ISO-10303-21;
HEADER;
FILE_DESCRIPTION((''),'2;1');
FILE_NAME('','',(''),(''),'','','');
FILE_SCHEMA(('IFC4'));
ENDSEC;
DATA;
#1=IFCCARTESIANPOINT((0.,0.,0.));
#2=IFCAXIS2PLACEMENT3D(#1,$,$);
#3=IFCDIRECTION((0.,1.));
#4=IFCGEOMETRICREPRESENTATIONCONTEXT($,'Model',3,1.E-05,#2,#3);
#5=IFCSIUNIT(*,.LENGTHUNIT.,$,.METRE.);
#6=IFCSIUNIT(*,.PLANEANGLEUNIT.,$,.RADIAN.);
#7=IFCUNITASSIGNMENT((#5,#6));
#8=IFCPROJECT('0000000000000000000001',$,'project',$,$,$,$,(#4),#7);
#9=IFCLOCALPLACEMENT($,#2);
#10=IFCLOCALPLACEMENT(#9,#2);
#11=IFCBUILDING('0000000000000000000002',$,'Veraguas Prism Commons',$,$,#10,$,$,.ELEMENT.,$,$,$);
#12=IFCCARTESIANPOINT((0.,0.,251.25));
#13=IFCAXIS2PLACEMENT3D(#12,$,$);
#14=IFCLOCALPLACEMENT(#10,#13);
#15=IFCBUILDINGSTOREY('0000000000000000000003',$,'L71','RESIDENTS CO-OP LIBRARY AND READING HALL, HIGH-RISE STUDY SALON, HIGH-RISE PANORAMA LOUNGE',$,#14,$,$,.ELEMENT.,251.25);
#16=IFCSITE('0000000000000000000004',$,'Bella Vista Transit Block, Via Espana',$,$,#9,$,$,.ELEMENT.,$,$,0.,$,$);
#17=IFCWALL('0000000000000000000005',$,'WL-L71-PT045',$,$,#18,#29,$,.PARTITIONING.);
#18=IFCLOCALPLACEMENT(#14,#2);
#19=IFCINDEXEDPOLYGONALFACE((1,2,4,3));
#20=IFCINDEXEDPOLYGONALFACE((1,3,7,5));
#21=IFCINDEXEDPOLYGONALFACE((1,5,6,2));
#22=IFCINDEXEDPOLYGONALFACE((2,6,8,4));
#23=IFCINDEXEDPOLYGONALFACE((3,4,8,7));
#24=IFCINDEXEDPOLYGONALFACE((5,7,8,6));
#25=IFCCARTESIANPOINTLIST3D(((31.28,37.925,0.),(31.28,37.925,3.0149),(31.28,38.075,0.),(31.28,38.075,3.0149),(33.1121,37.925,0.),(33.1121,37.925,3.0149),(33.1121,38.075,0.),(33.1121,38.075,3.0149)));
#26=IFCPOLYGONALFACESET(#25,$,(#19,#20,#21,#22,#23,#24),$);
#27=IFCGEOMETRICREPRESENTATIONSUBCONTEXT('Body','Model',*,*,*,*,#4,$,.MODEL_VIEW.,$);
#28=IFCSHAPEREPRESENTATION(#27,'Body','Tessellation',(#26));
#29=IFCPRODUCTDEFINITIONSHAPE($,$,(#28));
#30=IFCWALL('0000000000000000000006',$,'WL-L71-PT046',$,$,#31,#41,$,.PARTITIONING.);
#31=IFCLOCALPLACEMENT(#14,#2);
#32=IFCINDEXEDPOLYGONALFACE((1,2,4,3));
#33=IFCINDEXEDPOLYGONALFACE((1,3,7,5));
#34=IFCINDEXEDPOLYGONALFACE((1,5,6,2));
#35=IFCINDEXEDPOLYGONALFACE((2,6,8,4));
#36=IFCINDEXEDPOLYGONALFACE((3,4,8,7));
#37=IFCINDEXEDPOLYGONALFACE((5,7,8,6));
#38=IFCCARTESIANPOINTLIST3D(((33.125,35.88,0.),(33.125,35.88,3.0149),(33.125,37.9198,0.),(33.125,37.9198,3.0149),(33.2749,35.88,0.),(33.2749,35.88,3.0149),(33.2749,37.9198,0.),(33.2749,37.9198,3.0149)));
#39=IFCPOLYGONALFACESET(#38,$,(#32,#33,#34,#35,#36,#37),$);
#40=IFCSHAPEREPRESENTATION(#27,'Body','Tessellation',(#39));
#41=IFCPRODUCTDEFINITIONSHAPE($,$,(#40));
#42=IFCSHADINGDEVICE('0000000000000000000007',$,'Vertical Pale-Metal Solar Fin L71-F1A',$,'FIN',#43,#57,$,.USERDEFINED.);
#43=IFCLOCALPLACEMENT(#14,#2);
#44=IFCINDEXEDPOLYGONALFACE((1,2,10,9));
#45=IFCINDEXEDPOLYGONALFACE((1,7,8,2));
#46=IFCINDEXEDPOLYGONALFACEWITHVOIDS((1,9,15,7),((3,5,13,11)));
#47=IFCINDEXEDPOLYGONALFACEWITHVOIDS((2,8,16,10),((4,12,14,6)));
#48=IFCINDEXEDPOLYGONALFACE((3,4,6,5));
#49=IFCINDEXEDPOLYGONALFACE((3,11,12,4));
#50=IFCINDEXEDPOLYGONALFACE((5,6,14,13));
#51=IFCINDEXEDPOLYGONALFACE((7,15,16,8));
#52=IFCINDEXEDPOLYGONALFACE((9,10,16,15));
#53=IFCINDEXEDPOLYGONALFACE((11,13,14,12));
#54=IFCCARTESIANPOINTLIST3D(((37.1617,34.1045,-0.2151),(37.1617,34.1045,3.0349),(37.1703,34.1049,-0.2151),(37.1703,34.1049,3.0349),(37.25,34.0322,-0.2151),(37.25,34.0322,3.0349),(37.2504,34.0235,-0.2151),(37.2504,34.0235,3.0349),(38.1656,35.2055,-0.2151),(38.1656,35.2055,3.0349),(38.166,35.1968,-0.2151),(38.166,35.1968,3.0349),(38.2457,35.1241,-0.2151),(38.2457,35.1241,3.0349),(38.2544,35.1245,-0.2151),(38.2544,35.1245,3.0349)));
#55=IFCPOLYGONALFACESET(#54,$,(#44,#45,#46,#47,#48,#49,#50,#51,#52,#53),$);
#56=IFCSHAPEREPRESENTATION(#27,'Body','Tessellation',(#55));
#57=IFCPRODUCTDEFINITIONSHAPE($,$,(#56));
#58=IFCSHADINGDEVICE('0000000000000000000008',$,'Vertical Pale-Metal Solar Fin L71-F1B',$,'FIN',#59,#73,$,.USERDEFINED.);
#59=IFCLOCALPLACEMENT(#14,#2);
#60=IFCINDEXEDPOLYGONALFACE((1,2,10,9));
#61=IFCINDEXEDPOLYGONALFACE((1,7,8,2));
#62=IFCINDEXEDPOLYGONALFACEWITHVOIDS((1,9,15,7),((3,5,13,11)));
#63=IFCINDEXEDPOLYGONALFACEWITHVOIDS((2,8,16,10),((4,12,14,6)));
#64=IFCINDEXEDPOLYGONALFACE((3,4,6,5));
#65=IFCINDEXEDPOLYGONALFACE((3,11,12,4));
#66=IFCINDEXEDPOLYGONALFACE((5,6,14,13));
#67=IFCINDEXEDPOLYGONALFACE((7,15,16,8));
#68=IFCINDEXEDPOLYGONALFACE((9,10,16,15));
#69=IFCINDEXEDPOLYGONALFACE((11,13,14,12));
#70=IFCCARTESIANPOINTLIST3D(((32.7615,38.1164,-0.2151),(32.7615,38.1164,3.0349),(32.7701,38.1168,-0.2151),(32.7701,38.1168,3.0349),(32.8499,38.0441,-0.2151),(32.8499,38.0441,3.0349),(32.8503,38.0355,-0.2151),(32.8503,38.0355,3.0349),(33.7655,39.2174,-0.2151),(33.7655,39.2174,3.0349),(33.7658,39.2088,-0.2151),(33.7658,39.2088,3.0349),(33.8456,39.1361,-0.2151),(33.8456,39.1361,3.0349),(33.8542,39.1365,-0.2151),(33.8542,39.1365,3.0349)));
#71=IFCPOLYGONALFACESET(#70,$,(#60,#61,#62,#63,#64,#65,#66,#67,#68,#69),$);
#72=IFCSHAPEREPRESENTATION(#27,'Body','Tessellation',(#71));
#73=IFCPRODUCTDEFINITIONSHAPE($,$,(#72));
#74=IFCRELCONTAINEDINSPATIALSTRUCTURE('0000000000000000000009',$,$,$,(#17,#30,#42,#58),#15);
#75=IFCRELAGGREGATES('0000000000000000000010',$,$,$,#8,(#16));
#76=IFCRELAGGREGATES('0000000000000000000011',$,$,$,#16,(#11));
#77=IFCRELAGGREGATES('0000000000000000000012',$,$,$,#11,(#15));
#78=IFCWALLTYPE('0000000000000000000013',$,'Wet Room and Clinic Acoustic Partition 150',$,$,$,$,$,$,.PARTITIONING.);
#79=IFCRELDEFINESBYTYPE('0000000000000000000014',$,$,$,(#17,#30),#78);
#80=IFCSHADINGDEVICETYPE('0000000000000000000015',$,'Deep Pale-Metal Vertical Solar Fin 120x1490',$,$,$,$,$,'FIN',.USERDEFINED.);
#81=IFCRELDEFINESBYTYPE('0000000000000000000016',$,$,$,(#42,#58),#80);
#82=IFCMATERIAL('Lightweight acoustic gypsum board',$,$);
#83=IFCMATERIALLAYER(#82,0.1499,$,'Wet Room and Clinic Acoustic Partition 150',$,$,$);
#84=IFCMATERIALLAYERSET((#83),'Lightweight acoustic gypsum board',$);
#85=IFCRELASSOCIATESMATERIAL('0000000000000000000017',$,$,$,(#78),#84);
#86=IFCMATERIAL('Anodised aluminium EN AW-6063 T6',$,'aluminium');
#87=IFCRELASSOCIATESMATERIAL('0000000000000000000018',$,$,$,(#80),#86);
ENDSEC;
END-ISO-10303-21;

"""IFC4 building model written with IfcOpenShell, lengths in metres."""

from ifc_helpers import new_model, si_unit, direction, frame, frame_2d, origin, origin_2d, place, context, subcontext, project, spatial, rectangle, hollow_rectangle, extrude, material, layer, layer_set, material_profile, profile_set, type_object, element, save


model = new_model("IFC4")

# Units and contexts
model_context = context("Model", 3, precision=1e-05, world=origin(), true_north=direction((0.0, 1.0)))
body_context = subcontext(model_context, "Body", "Model", "MODEL_VIEW")
ifc_project = project(units=[si_unit("LENGTHUNIT", "METRE"), si_unit("PLANEANGLEUNIT", "RADIAN")], contexts=[model_context])

# Site, building, storey
site_placement = place(None, origin())
site = spatial("IfcSite", under=ifc_project, at=site_placement, Name="Bella Vista Transit Block, Via Espana", CompositionType="ELEMENT", RefElevation=0.0)
building_placement = place(site_placement, origin())
building = spatial("IfcBuilding", under=site, at=building_placement, Name="Veraguas Prism Commons", CompositionType="ELEMENT")
storey_placement = place(building_placement, frame((0.0, 0.0, 251.25)))
storey = spatial("IfcBuildingStorey", under=building, at=storey_placement, Name="L71", Description="RESIDENTS CO-OP LIBRARY AND READING HALL, HIGH-RISE STUDY SALON, HIGH-RISE PANORAMA LOUNGE", CompositionType="ELEMENT", Elevation=251.25)

# Shared definitions
ifc_material_1 = material(Name="Anodised aluminium EN AW-6063 T6", Category="aluminium")

# Shared definitions
ifc_material_2 = material(Name="Lightweight acoustic gypsum board")

# Walls
ifc_layer_1 = layer(ifc_material_2, 0.1499, Name="Wet Room and Clinic Acoustic Partition 150")
ifc_layer_set_1 = layer_set([ifc_layer_1], Name="Lightweight acoustic gypsum board")
wall_type_1 = type_object("IfcWallType", Name="Wet Room and Clinic Acoustic Partition 150", PredefinedType="PARTITIONING", material=ifc_layer_set_1)
wall_1_placement = place(storey_placement, frame((31.28, 38.0, 0.0), z_axis=(0.0, 0.0, 1.0), x_axis=(1.0, 0.0, 0.0)))
element("IfcWall", 1, at=wall_1_placement, inside=storey, type_object=wall_type_1, Name="WL-L71-PT045", PredefinedType="PARTITIONING", context=body_context, shape_type="SweptSolid", body=[
    extrude(rectangle(XDim=1.832, YDim=0.1499, at=frame_2d((0.916, 0.0))), origin(), (0.0, 0.0, 1.0), 3.0149),
])
wall_2_placement = place(storey_placement, frame((33.2, 35.8799, 0.0), z_axis=(0.0, 0.0, 1.0), x_axis=(0.0, 1.0, 0.0)))
element("IfcWall", 2, at=wall_2_placement, inside=storey, type_object=wall_type_1, Name="WL-L71-PT046", PredefinedType="PARTITIONING", context=body_context, shape_type="SweptSolid", body=[
    extrude(rectangle(XDim=2.0398, YDim=0.1499, at=frame_2d((1.02, 0.0))), origin(), (0.0, 0.0, 1.0), 3.0149),
])

# Shading devices
ifc_material_profile_1 = material_profile(ifc_material_1, hollow_rectangle(XDim=0.1201, YDim=1.49, WallThickness=0.0061, at=origin_2d()), Name="FIN120X1490X6")
ifc_profile_set_1 = profile_set([ifc_material_profile_1], Name="Anodised aluminium EN AW-6063 T6")
shading_device_type = type_object("IfcShadingDeviceType", Name="Deep Pale-Metal Vertical Solar Fin 120x1490", ElementType="FIN", PredefinedType="USERDEFINED", material=ifc_profile_set_1)
for number, where, z_axis, x_axis, name in (
    (3, (37.708, 34.6145, -0.2151), (0.0, 0.0, 1.0), (-0.738926, 0.673787, 0.0), "Vertical Pale-Metal Solar Fin L71-F1A"),
    (4, (33.3079, 38.6265, -0.2151), (0.0, 0.0, 1.0), (-0.738926, 0.673787, 0.0), "Vertical Pale-Metal Solar Fin L71-F1B"),
):
    element("IfcShadingDevice", number, at=place(storey_placement, frame(where, z_axis=z_axis, x_axis=x_axis)), inside=storey, type_object=shading_device_type, Name=name, ObjectType="FIN", PredefinedType="USERDEFINED", context=body_context, shape_type="SweptSolid", body=[
        extrude(hollow_rectangle(XDim=0.1201, YDim=1.49, WallThickness=0.0061, at=origin_2d()), origin(), (0.0, 0.0, 1.0), 3.25),
    ])

save(model, "model.ifc")
